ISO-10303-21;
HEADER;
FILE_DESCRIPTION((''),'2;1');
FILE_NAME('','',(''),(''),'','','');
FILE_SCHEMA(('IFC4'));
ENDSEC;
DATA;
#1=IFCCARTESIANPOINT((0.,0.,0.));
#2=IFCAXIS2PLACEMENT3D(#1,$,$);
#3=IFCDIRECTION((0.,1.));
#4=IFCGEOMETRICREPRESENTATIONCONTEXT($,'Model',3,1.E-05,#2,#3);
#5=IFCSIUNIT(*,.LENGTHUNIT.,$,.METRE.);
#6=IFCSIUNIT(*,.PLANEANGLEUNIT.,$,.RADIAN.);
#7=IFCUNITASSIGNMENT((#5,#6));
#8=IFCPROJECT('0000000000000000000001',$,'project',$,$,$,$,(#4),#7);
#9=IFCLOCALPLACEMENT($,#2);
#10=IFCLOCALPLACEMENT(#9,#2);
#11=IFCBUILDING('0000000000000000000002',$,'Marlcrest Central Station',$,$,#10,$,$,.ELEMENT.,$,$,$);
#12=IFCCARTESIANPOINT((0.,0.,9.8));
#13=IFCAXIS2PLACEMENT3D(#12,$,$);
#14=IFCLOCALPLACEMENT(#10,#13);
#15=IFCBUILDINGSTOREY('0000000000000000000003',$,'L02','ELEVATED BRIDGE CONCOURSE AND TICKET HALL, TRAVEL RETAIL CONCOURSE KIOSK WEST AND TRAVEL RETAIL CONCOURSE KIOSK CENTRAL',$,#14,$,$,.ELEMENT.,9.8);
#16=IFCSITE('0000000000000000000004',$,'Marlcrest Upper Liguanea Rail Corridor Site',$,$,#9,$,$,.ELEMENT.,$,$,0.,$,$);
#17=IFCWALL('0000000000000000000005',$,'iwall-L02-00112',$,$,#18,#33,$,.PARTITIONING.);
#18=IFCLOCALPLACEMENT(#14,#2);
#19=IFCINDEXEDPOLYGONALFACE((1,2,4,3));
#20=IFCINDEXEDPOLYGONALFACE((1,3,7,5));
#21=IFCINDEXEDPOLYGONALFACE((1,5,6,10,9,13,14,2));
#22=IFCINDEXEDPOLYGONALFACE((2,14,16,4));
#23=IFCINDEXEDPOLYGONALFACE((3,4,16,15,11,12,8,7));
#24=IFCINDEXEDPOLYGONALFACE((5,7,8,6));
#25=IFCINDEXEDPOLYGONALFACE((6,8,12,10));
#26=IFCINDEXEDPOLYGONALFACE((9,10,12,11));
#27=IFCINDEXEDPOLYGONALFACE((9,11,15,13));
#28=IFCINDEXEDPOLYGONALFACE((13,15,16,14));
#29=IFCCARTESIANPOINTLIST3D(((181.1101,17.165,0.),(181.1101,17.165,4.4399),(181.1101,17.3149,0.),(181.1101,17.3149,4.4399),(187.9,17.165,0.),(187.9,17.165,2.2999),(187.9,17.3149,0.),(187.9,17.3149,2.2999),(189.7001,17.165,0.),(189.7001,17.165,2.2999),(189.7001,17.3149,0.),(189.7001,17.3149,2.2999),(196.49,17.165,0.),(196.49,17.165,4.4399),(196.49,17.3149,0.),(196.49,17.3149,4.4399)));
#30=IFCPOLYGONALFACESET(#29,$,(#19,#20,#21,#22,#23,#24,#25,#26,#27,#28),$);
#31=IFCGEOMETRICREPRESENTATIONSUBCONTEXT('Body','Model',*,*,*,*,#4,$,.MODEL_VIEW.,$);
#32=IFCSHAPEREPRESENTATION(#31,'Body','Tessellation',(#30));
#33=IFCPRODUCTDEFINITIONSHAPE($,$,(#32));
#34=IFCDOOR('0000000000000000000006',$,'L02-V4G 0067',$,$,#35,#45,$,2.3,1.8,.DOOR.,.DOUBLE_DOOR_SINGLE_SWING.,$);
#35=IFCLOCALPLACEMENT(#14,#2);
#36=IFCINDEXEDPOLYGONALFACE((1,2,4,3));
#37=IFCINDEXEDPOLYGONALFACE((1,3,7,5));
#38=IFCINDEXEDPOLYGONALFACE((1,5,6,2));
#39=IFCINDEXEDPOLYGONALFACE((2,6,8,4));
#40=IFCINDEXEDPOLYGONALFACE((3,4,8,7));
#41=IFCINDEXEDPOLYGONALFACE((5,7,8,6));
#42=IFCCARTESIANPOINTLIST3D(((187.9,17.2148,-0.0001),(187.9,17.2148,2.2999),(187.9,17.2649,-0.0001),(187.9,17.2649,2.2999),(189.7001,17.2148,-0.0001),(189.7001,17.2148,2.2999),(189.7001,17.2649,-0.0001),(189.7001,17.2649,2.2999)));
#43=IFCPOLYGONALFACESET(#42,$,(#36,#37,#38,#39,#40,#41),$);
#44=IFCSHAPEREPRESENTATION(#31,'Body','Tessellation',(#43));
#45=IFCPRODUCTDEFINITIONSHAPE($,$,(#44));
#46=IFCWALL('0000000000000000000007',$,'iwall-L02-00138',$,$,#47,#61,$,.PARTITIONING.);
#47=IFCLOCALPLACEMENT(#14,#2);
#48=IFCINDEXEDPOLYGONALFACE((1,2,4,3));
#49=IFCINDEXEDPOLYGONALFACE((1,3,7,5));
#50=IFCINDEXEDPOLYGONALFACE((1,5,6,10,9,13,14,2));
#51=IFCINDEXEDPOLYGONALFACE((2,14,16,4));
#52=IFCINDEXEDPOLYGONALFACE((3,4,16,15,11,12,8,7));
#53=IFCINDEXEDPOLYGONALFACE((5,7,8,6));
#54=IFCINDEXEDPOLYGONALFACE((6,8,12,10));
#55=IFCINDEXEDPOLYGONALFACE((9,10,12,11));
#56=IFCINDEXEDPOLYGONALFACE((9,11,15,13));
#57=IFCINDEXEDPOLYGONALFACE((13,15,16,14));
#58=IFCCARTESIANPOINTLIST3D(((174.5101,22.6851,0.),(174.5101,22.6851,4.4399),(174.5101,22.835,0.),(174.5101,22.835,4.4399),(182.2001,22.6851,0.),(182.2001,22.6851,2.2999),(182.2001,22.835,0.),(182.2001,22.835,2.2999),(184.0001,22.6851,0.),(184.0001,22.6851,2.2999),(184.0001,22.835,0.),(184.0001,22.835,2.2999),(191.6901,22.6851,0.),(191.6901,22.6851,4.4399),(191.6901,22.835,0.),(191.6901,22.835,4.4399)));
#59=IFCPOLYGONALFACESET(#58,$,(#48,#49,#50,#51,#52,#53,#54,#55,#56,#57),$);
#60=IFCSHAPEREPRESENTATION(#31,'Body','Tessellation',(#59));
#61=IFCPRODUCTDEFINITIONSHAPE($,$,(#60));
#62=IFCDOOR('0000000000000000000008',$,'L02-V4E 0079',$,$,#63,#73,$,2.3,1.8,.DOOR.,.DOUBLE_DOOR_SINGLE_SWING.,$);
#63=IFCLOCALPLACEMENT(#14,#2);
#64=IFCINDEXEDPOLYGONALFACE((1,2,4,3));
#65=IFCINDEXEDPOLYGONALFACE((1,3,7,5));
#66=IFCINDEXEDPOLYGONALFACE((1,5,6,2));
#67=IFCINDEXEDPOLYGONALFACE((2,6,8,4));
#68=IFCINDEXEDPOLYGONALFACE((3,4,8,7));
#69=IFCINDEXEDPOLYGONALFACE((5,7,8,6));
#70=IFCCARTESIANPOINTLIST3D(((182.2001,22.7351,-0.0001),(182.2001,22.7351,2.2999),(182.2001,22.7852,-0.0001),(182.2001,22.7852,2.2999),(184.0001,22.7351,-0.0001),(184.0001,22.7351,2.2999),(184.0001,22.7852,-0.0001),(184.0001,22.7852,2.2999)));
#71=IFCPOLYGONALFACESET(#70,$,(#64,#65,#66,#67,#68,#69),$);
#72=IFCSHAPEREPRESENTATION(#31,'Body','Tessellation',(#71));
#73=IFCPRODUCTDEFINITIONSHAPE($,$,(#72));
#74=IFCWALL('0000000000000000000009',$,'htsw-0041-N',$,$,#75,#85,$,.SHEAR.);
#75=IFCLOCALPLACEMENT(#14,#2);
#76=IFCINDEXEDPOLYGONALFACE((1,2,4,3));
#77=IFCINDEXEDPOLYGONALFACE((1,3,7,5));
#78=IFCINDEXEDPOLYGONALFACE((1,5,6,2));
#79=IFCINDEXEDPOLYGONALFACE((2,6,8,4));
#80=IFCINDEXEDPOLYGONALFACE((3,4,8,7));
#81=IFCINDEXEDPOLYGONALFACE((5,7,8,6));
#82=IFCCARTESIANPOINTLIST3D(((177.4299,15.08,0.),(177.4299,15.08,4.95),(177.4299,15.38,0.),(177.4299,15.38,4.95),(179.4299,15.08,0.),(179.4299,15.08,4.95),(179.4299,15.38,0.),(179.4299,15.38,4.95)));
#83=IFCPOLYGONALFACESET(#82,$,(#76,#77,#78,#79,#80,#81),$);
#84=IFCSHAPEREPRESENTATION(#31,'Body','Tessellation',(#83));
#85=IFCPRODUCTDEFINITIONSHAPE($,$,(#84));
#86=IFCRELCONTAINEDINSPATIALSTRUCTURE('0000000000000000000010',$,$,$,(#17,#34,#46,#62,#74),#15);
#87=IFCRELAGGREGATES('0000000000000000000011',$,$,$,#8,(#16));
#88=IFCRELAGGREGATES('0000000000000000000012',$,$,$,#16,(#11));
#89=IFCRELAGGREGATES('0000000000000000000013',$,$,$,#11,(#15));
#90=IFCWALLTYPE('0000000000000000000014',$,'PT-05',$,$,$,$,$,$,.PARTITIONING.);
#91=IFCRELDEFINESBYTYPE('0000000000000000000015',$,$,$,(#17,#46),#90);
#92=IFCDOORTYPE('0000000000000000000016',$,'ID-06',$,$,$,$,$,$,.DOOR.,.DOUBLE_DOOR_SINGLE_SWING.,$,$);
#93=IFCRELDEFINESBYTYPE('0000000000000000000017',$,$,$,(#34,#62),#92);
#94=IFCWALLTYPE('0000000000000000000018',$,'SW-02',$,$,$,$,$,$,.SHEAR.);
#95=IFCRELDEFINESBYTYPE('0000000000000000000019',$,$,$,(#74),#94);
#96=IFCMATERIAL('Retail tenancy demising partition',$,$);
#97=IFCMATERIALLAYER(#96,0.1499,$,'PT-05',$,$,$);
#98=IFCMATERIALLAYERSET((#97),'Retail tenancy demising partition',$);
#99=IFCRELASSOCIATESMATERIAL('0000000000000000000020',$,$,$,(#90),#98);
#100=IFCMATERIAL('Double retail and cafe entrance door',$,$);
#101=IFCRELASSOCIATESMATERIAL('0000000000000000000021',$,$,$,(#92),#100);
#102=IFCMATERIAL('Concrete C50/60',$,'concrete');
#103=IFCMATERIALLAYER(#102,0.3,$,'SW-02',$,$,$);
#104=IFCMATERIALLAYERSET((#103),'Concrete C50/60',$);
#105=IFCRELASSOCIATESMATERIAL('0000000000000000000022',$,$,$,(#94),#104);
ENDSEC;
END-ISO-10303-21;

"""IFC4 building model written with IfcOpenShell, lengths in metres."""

from ifc_helpers import new_model, si_unit, direction, frame, frame_2d, origin, place, context, subcontext, project, spatial, rectangle, extrude, material, layer, layer_set, type_object, element, fill, save


model = new_model("IFC4")

# Units and contexts
model_context = context("Model", 3, precision=1e-05, world=origin(), true_north=direction((0.0, 1.0)))
body_context = subcontext(model_context, "Body", "Model", "MODEL_VIEW")
ifc_project = project(units=[si_unit("LENGTHUNIT", "METRE"), si_unit("PLANEANGLEUNIT", "RADIAN")], contexts=[model_context])

# Site, building, storey
site_placement = place(None, origin())
site = spatial("IfcSite", under=ifc_project, at=site_placement, Name="Marlcrest Upper Liguanea Rail Corridor Site", CompositionType="ELEMENT", RefElevation=0.0)
building_placement = place(site_placement, origin())
building = spatial("IfcBuilding", under=site, at=building_placement, Name="Marlcrest Central Station", CompositionType="ELEMENT")
storey_placement = place(building_placement, frame((0.0, 0.0, 9.8)))
storey = spatial("IfcBuildingStorey", under=building, at=storey_placement, Name="L02", Description="ELEVATED BRIDGE CONCOURSE AND TICKET HALL, TRAVEL RETAIL CONCOURSE KIOSK WEST AND TRAVEL RETAIL CONCOURSE KIOSK CENTRAL", CompositionType="ELEMENT", Elevation=9.8)

# Walls, openings, doors
ifc_material_1 = material(Name="Retail tenancy demising partition")
ifc_layer_1 = layer(ifc_material_1, 0.1499, Name="PT-05")
ifc_layer_set_1 = layer_set([ifc_layer_1], Name="Retail tenancy demising partition")
wall_type_1 = type_object("IfcWallType", Name="PT-05", PredefinedType="PARTITIONING", material=ifc_layer_set_1)
wall_1_placement = place(storey_placement, frame((181.1101, 17.24, 0.0), z_axis=(0.0, 0.0, 1.0), x_axis=(1.0, 0.0, 0.0)))
wall_1 = element("IfcWall", 1, at=wall_1_placement, inside=storey, type_object=wall_type_1, Name="iwall-L02-00112", PredefinedType="PARTITIONING", context=body_context, shape_type="SweptSolid", body=[
    extrude(rectangle(XDim=15.3799, YDim=0.1499, at=frame_2d((7.6899, 0.0))), origin(), (0.0, 0.0, 1.0), 4.4399),
])
opening_1_placement = place(wall_1_placement, frame((6.79, 0.0, 0.0)))
opening_1 = element("IfcOpeningElement", 2, at=opening_1_placement, cuts=wall_1, PredefinedType="OPENING", context=body_context, shape_type="SweptSolid", body=[
    extrude(rectangle(XDim=1.8, YDim=2.3, at=frame_2d((0.8999, 1.1499))), frame((0.0, 0.085, 0.0), z_axis=(0.0, -1.0, 0.0), x_axis=(1.0, 0.0, 0.0)), (0.0, 0.0, 1.0), 0.1699),
])
ifc_material_2 = material(Name="Double retail and cafe entrance door")
door_type = type_object("IfcDoorType", Name="ID-06", OperationType="DOUBLE_DOOR_SINGLE_SWING", PredefinedType="DOOR", material=ifc_material_2)
door_1_placement = place(opening_1_placement, origin())
door_1 = element("IfcDoor", 3, at=door_1_placement, inside=storey, type_object=door_type, Name="L02-V4G 0067", OperationType="DOUBLE_DOOR_SINGLE_SWING", OverallHeight=2.3, OverallWidth=1.8, PredefinedType="DOOR", context=body_context, shape_type="SweptSolid", body=[
    extrude(rectangle(XDim=1.8, YDim=2.3, at=frame_2d((0.8999, 1.1499))), frame((0.0, 0.0249, 0.0), z_axis=(0.0, -1.0, 0.0), x_axis=(1.0, 0.0, 0.0)), (0.0, 0.0, 1.0), 0.05),
])
fill(opening_1, door_1)
wall_2_placement = place(storey_placement, frame((191.6899, 22.76, 0.0), z_axis=(0.0, 0.0, 1.0), x_axis=(-1.0, 0.0, 0.0)))
wall_2 = element("IfcWall", 4, at=wall_2_placement, inside=storey, type_object=wall_type_1, Name="iwall-L02-00138", PredefinedType="PARTITIONING", context=body_context, shape_type="SweptSolid", body=[
    extrude(rectangle(XDim=17.1799, YDim=0.1499, at=frame_2d((8.5898, 0.0))), origin(), (0.0, 0.0, 1.0), 4.4399),
])
opening_2_placement = place(wall_2_placement, frame((7.6899, 0.0, 0.0)))
opening_2 = element("IfcOpeningElement", 5, at=opening_2_placement, cuts=wall_2, PredefinedType="OPENING", context=body_context, shape_type="SweptSolid", body=[
    extrude(rectangle(XDim=1.8, YDim=2.3, at=frame_2d((0.8999, 1.1499))), frame((0.0, 0.085, 0.0), z_axis=(0.0, -1.0, 0.0), x_axis=(1.0, 0.0, 0.0)), (0.0, 0.0, 1.0), 0.1699),
])
door_2_placement = place(opening_2_placement, origin())
door_2 = element("IfcDoor", 6, at=door_2_placement, inside=storey, type_object=door_type, Name="L02-V4E 0079", OperationType="DOUBLE_DOOR_SINGLE_SWING", OverallHeight=2.3, OverallWidth=1.8, PredefinedType="DOOR", context=body_context, shape_type="SweptSolid", body=[
    extrude(rectangle(XDim=1.8, YDim=2.3, at=frame_2d((0.8999, 1.1499))), frame((0.0, 0.0249, 0.0), z_axis=(0.0, -1.0, 0.0), x_axis=(1.0, 0.0, 0.0)), (0.0, 0.0, 1.0), 0.05),
])
fill(opening_2, door_2)

# Wall
ifc_material_3 = material(Name="Concrete C50/60", Category="concrete")
ifc_layer_2 = layer(ifc_material_3, 0.3, Name="SW-02")
ifc_layer_set_2 = layer_set([ifc_layer_2], Name="Concrete C50/60")
wall_type_2 = type_object("IfcWallType", Name="SW-02", PredefinedType="SHEAR", material=ifc_layer_set_2)
wall_3_placement = place(storey_placement, frame((179.4299, 15.23, 0.0), z_axis=(0.0, 0.0, 1.0), x_axis=(-1.0, 0.0, 0.0)))
element("IfcWall", 7, at=wall_3_placement, inside=storey, type_object=wall_type_2, Name="htsw-0041-N", PredefinedType="SHEAR", context=body_context, shape_type="SweptSolid", body=[
    extrude(rectangle(XDim=2.0, YDim=0.3, at=frame_2d((1.0, 0.0))), origin(), (0.0, 0.0, 1.0), 4.95),
])

save(model, "model.ifc")
